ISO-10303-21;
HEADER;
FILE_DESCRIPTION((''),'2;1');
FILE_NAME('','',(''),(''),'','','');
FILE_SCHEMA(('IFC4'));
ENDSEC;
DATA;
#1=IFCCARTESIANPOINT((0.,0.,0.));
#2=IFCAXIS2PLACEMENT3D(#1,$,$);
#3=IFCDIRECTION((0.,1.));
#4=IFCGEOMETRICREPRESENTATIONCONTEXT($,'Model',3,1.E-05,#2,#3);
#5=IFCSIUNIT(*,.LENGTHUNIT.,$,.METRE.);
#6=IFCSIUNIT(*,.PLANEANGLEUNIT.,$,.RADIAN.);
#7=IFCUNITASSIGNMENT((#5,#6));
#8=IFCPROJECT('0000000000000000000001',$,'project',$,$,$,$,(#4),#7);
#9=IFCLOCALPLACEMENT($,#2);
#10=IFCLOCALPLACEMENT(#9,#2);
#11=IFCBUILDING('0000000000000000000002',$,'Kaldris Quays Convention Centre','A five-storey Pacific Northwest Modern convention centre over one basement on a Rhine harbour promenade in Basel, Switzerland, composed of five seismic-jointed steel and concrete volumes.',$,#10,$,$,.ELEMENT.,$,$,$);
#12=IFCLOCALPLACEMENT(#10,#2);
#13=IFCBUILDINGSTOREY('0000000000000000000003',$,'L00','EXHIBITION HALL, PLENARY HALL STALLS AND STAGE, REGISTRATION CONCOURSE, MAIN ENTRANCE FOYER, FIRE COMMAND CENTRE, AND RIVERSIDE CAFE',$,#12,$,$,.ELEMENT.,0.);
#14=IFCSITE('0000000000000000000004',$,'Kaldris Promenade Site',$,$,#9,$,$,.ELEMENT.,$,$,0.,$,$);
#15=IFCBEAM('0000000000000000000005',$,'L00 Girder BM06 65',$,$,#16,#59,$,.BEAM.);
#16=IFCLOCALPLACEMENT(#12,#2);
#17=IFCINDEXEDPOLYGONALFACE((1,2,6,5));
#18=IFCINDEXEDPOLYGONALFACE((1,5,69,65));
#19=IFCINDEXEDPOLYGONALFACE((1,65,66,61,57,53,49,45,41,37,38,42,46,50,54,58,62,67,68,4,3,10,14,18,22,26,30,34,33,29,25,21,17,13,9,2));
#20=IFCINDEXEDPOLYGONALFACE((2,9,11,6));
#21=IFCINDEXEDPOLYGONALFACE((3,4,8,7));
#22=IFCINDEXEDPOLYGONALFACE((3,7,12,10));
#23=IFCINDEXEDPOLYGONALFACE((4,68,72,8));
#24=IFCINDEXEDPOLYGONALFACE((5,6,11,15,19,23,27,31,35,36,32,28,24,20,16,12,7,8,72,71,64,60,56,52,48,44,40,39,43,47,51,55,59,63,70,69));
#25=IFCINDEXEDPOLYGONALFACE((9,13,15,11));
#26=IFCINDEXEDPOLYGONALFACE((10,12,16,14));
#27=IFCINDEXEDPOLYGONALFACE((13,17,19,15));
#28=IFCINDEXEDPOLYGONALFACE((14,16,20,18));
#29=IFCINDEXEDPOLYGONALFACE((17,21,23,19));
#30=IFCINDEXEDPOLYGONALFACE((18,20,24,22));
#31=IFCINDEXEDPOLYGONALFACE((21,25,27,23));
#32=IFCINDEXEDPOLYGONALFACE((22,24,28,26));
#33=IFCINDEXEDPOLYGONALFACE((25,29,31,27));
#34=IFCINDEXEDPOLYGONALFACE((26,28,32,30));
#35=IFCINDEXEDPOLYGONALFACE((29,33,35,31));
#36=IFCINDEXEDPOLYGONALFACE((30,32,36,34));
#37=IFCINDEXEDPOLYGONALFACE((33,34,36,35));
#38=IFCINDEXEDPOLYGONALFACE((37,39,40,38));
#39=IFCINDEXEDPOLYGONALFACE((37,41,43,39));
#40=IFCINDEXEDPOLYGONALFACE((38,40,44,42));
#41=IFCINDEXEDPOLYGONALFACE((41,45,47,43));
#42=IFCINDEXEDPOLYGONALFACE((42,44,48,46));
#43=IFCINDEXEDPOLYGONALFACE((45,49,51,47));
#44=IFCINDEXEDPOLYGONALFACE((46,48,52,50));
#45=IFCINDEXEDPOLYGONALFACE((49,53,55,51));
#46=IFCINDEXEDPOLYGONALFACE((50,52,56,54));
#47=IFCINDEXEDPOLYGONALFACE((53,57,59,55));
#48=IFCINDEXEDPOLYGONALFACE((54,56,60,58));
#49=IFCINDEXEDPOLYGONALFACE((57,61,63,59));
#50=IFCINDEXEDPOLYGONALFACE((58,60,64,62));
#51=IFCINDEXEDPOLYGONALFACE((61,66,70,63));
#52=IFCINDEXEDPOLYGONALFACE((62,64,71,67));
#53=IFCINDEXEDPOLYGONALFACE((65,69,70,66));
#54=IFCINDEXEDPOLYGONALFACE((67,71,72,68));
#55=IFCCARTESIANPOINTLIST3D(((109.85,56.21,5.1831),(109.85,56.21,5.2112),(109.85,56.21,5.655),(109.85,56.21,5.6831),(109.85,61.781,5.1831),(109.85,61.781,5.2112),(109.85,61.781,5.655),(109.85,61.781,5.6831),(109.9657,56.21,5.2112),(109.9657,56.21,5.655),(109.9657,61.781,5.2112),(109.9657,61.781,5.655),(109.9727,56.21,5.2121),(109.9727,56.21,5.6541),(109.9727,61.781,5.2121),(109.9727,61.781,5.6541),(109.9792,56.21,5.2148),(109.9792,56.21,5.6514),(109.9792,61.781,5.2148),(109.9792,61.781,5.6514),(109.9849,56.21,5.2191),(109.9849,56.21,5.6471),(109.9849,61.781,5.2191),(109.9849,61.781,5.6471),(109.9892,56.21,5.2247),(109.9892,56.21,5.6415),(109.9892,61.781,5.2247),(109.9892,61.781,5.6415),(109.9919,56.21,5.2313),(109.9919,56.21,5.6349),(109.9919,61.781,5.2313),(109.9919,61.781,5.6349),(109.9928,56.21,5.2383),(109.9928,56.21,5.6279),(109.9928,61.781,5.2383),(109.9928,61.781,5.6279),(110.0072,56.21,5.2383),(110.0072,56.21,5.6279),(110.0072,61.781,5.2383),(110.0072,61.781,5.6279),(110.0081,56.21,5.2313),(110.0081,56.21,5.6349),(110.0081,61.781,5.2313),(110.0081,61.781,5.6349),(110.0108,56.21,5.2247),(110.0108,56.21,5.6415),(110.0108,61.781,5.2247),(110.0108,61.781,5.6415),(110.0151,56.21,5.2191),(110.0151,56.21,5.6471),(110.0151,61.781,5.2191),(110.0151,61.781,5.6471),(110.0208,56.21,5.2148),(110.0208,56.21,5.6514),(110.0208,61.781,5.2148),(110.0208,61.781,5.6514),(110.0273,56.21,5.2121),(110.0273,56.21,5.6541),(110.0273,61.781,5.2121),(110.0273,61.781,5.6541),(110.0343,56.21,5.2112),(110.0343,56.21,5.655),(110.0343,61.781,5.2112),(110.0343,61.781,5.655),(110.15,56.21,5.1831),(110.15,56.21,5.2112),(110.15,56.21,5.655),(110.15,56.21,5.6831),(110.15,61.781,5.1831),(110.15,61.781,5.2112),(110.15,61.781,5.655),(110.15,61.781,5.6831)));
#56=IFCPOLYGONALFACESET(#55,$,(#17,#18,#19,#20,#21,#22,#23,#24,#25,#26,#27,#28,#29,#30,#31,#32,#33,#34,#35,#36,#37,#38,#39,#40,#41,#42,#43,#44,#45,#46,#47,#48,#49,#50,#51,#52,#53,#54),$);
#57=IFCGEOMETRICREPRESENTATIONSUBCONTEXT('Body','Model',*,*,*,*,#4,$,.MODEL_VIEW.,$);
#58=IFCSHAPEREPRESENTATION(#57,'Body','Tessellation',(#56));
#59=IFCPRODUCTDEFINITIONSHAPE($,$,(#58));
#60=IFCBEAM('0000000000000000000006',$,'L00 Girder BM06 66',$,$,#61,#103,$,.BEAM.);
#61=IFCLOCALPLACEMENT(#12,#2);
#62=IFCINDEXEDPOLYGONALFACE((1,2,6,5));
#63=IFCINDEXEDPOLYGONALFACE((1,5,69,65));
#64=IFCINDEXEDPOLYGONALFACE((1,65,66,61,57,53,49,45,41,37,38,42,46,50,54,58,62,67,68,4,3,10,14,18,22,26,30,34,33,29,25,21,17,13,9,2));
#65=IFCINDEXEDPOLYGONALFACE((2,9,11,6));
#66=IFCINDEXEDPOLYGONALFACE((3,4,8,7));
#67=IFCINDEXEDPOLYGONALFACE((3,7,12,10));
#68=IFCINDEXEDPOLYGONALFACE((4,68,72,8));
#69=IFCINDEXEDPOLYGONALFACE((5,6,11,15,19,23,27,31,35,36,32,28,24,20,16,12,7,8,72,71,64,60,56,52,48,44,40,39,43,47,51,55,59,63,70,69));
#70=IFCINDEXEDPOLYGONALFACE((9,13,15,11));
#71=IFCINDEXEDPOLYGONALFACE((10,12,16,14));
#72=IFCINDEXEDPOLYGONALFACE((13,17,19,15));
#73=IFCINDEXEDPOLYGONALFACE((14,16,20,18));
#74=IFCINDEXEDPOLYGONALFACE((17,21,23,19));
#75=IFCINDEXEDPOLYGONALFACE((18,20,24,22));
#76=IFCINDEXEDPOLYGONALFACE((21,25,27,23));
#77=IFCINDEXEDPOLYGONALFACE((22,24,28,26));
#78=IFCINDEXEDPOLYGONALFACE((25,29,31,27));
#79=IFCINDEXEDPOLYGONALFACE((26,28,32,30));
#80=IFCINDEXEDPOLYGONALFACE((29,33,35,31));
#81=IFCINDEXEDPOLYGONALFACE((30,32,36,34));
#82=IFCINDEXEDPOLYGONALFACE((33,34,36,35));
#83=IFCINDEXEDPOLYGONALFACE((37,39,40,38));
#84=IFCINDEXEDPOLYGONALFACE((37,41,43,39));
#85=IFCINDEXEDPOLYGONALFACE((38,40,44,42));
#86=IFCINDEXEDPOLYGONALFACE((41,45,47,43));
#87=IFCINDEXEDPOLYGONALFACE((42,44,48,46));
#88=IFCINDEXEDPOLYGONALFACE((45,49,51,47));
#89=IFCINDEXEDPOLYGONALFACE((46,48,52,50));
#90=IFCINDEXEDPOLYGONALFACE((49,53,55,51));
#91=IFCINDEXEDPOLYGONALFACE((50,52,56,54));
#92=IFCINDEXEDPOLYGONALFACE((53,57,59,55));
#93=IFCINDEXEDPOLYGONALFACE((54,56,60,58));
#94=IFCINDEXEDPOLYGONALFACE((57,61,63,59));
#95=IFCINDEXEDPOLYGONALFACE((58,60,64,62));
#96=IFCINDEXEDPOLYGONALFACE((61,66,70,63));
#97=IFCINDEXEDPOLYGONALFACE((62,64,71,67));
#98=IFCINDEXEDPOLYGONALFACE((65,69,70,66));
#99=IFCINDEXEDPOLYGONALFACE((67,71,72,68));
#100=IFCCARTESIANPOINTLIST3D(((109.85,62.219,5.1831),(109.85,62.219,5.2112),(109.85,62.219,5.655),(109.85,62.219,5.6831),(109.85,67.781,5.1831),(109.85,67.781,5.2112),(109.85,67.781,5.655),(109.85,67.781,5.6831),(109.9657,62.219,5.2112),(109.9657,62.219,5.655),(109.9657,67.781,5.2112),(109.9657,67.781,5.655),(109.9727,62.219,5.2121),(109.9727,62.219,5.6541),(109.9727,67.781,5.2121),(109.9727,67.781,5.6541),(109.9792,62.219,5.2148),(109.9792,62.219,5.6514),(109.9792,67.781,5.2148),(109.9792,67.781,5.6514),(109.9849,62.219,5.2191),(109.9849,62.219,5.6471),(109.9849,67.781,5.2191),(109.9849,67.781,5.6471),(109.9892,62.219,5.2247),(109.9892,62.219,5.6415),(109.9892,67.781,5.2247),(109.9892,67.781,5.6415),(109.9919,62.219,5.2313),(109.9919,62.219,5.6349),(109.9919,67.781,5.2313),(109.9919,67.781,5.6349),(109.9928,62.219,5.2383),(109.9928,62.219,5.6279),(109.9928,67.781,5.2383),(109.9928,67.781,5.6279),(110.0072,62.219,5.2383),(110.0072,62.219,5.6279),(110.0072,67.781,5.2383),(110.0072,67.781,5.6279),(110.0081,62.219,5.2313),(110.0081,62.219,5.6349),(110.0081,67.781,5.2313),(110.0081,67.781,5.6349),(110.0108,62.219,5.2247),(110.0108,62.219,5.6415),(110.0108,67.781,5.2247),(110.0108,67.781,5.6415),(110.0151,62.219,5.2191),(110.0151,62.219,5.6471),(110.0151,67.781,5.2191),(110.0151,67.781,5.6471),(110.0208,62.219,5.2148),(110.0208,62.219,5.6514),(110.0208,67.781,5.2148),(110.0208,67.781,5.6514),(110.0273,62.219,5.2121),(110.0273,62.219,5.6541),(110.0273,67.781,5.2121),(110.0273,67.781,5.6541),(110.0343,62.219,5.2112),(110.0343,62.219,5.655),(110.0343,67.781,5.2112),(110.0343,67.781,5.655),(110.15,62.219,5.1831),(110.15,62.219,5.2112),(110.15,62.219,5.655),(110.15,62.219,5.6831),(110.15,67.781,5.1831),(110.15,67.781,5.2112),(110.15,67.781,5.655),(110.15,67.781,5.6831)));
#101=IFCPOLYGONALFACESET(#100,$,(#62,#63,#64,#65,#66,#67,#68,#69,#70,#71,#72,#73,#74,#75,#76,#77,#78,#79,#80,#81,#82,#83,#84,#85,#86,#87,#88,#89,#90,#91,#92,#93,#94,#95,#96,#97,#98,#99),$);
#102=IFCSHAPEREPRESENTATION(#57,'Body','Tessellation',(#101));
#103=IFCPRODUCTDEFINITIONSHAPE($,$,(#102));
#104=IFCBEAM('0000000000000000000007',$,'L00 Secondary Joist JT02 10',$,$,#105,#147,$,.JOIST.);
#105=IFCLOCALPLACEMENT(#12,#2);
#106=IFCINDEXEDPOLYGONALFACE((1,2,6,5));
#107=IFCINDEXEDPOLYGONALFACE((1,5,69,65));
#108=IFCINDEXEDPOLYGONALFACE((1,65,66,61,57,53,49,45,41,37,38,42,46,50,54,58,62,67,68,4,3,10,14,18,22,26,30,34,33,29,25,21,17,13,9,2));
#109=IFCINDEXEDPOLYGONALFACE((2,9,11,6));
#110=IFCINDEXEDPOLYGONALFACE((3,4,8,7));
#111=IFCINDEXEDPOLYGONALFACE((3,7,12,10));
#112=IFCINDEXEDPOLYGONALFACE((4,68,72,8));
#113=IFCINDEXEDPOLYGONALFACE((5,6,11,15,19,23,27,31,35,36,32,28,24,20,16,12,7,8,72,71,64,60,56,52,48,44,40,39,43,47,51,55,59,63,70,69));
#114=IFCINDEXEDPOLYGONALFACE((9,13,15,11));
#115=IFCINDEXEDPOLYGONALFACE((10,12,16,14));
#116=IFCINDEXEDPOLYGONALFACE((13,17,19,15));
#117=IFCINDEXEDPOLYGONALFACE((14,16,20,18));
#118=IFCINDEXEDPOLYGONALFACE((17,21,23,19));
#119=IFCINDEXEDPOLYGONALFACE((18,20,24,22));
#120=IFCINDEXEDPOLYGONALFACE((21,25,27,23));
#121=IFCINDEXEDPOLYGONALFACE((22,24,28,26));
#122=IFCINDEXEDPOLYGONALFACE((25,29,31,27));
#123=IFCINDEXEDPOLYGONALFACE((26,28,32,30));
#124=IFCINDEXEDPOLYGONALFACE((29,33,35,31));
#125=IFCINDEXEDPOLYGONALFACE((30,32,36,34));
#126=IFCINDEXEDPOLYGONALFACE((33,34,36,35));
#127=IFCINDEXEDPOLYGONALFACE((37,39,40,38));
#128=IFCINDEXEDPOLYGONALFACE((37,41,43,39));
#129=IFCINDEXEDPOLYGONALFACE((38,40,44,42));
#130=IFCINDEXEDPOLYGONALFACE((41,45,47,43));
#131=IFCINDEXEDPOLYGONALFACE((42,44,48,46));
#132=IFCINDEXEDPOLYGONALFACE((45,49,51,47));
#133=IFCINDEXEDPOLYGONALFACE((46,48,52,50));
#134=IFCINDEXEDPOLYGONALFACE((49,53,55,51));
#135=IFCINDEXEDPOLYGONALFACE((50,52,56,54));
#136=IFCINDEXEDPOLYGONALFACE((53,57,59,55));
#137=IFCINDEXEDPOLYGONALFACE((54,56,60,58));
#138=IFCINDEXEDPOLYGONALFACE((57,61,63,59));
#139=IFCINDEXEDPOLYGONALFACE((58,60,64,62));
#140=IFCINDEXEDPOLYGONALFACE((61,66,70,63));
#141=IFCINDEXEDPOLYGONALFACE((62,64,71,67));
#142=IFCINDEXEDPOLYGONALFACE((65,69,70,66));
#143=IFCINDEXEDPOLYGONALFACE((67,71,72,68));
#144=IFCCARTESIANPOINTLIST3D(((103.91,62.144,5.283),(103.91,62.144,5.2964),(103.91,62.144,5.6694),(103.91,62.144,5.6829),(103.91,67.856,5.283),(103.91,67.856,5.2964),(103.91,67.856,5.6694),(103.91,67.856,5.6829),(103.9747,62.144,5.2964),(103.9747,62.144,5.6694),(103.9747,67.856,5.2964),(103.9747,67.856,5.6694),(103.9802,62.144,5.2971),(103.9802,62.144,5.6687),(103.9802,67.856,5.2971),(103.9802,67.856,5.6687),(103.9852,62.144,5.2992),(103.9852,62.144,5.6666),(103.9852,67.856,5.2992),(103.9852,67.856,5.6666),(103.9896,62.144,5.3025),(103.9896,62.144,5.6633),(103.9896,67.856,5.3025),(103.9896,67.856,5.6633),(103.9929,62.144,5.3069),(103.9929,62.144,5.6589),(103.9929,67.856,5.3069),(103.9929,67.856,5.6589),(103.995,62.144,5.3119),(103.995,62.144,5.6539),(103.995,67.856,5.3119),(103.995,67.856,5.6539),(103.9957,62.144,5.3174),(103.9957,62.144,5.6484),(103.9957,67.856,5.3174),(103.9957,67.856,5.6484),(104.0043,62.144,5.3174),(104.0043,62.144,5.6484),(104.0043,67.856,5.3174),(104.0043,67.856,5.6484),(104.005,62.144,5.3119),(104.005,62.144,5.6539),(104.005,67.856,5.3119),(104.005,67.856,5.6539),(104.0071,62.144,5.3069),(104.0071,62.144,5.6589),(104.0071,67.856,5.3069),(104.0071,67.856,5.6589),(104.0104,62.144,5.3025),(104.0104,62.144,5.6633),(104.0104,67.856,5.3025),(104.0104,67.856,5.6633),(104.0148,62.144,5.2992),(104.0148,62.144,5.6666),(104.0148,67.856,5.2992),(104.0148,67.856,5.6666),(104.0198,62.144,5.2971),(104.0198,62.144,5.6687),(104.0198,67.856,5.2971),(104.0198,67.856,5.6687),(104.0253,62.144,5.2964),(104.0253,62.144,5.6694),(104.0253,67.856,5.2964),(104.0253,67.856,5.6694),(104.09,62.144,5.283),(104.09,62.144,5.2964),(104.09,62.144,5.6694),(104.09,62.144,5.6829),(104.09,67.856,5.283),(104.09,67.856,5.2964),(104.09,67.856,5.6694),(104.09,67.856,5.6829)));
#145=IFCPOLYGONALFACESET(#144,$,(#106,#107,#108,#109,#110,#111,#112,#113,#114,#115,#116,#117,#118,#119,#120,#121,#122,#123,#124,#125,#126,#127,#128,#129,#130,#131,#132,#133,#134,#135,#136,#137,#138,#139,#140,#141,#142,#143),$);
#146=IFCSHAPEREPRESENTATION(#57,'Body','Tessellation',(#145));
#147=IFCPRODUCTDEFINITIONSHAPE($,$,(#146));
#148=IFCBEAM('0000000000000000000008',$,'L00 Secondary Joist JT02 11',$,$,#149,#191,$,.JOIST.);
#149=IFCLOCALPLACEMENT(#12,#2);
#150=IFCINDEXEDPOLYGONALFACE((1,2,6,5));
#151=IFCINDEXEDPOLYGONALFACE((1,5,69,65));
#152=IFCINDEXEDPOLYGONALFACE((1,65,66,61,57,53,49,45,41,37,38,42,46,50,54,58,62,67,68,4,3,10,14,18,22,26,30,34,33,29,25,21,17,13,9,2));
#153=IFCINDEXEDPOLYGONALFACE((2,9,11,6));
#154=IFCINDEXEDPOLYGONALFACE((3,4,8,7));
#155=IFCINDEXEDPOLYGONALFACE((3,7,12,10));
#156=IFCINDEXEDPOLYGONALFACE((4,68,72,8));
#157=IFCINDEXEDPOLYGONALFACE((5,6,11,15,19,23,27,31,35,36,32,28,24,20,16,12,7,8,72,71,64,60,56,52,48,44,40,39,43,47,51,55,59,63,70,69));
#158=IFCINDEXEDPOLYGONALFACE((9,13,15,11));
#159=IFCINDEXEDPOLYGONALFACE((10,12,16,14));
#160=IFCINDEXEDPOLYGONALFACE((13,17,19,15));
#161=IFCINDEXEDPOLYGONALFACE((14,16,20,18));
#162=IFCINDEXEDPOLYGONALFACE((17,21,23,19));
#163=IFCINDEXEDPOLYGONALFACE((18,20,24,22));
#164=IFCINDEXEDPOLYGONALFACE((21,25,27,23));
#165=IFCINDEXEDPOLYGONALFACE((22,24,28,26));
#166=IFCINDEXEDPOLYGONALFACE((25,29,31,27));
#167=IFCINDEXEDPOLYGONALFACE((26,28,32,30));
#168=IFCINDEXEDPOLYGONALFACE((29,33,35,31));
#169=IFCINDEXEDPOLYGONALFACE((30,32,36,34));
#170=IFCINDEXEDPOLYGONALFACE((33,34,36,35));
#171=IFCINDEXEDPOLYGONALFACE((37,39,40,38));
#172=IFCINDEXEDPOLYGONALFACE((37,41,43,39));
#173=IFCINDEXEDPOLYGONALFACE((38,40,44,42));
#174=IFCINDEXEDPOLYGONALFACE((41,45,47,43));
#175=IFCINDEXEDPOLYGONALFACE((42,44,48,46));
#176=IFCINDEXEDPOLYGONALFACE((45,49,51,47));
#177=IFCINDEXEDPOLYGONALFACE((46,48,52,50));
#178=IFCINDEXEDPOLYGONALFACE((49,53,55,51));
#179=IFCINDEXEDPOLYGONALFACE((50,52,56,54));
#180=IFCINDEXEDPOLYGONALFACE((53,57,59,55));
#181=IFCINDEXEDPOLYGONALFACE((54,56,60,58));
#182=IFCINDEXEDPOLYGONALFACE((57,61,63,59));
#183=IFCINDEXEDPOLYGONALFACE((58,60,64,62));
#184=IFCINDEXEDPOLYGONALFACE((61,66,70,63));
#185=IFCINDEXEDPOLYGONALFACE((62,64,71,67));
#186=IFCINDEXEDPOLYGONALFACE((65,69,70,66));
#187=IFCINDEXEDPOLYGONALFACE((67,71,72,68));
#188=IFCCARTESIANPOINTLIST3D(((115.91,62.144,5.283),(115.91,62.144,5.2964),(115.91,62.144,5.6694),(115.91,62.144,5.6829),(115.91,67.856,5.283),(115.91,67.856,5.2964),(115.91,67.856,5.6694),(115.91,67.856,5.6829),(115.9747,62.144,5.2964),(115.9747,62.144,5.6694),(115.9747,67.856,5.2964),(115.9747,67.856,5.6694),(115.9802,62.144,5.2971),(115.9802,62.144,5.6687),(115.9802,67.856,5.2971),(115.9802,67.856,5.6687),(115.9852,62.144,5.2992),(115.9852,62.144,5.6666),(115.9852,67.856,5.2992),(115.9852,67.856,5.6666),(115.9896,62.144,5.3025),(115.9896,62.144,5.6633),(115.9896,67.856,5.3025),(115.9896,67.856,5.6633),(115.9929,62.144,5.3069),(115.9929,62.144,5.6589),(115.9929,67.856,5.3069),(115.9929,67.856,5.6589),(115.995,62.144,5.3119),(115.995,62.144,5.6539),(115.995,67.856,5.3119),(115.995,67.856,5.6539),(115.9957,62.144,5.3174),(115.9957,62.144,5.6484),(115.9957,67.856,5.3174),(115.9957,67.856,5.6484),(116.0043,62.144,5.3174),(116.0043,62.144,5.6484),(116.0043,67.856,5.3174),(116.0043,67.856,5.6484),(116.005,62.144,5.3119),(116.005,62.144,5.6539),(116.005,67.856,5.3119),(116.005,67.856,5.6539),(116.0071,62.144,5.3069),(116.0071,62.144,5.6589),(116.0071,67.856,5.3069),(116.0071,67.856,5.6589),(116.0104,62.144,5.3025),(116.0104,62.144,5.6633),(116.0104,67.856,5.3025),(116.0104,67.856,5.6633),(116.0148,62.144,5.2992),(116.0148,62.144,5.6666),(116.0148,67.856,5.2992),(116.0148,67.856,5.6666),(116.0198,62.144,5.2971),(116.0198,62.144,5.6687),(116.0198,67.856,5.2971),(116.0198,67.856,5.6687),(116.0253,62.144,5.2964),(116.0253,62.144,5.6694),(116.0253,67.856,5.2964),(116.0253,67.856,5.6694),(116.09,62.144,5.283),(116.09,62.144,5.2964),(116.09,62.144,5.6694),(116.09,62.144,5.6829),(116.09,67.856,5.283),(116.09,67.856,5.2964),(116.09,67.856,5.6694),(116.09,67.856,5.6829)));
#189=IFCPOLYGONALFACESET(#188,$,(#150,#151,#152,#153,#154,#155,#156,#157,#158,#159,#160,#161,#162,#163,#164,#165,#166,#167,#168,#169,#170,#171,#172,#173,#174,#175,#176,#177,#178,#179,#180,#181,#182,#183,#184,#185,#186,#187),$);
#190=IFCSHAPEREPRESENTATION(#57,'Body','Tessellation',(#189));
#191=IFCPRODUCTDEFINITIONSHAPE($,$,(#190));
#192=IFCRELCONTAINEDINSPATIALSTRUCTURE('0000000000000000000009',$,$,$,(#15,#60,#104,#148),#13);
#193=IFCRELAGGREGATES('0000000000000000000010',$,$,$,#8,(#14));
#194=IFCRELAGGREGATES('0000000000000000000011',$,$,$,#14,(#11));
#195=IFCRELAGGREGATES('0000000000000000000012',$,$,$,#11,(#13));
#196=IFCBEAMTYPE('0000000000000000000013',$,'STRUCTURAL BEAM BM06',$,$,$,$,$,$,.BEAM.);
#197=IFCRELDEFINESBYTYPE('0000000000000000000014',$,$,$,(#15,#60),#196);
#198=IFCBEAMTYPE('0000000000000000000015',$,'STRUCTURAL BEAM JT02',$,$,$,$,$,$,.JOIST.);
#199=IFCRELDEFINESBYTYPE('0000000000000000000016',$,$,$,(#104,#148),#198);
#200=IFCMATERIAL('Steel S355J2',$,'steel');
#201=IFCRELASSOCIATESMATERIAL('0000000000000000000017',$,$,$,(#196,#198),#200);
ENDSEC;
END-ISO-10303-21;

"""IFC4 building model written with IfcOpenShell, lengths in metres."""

from ifc_helpers import new_model, si_unit, direction, frame, origin, origin_2d, place, context, subcontext, project, spatial, i_section, extrude, material, material_profile, profile_set, type_object, element, save


model = new_model("IFC4")

# Units and contexts
model_context = context("Model", 3, precision=1e-05, world=origin(), true_north=direction((0.0, 1.0)))
body_context = subcontext(model_context, "Body", "Model", "MODEL_VIEW")
ifc_project = project(units=[si_unit("LENGTHUNIT", "METRE"), si_unit("PLANEANGLEUNIT", "RADIAN")], contexts=[model_context])

# Site, building, storey
site_placement = place(None, origin())
site = spatial("IfcSite", under=ifc_project, at=site_placement, Name="Kaldris Promenade Site", CompositionType="ELEMENT", RefElevation=0.0)
building_placement = place(site_placement, origin())
building = spatial("IfcBuilding", under=site, at=building_placement, Name="Kaldris Quays Convention Centre", Description="A five-storey Pacific Northwest Modern convention centre over one basement on a Rhine harbour promenade in Basel, Switzerland, composed of five seismic-jointed steel and concrete volumes.", CompositionType="ELEMENT")
storey_placement = place(building_placement, origin())
storey = spatial("IfcBuildingStorey", under=building, at=storey_placement, Name="L00", Description="EXHIBITION HALL, PLENARY HALL STALLS AND STAGE, REGISTRATION CONCOURSE, MAIN ENTRANCE FOYER, FIRE COMMAND CENTRE, AND RIVERSIDE CAFE", CompositionType="ELEMENT", Elevation=0.0)

# Shared definitions
ifc_material_1 = material(Name="Steel S355J2", Category="steel")

# Beams
ifc_material_profile_1 = material_profile(ifc_material_1, i_section(OverallWidth=0.3, OverallDepth=0.5, WebThickness=0.0144, FlangeThickness=0.0281, FilletRadius=0.0271, at=origin_2d()), Name="HEB 500")
ifc_profile_set_1 = profile_set([ifc_material_profile_1], Name="Steel S355J2")
beam_type_1 = type_object("IfcBeamType", Name="STRUCTURAL BEAM BM06", PredefinedType="BEAM", material=ifc_profile_set_1)
beam_1_placement = place(storey_placement, frame((110.0, 56.21, 5.4331), z_axis=(0.0, 1.0, 0.0), x_axis=(-1.0, 0.0, 0.0)))
element("IfcBeam", 1, at=beam_1_placement, inside=storey, type_object=beam_type_1, Name="L00 Girder BM06 65", PredefinedType="BEAM", context=body_context, shape_type="SweptSolid", body=[
    extrude(i_section(OverallWidth=0.3, OverallDepth=0.5, WebThickness=0.0144, FlangeThickness=0.0281, FilletRadius=0.0271, at=origin_2d()), origin(), (0.0, 0.0, 1.0), 5.571),
])
beam_2_placement = place(storey_placement, frame((110.0, 62.219, 5.4331), z_axis=(0.0, 1.0, 0.0), x_axis=(-1.0, 0.0, 0.0)))
element("IfcBeam", 2, at=beam_2_placement, inside=storey, type_object=beam_type_1, Name="L00 Girder BM06 66", PredefinedType="BEAM", context=body_context, shape_type="SweptSolid", body=[
    extrude(i_section(OverallWidth=0.3, OverallDepth=0.5, WebThickness=0.0144, FlangeThickness=0.0281, FilletRadius=0.0271, at=origin_2d()), origin(), (0.0, 0.0, 1.0), 5.562),
])
ifc_material_profile_2 = material_profile(ifc_material_1, i_section(OverallWidth=0.1799, OverallDepth=0.3999, WebThickness=0.0085, FlangeThickness=0.0134, FilletRadius=0.021, at=origin_2d()), Name="IPE 400")
ifc_profile_set_2 = profile_set([ifc_material_profile_2], Name="Steel S355J2")
beam_type_2 = type_object("IfcBeamType", Name="STRUCTURAL BEAM JT02", PredefinedType="JOIST", material=ifc_profile_set_2)
for number, where, z_axis, x_axis, name in (
    (3, (104.0, 62.144, 5.4829), (0.0, 1.0, 0.0), (-1.0, 0.0, 0.0), "L00 Secondary Joist JT02 10"),
    (4, (116.0, 62.144, 5.4829), (0.0, 1.0, 0.0), (-1.0, 0.0, 0.0), "L00 Secondary Joist JT02 11"),
):
    element("IfcBeam", number, at=place(storey_placement, frame(where, z_axis=z_axis, x_axis=x_axis)), inside=storey, type_object=beam_type_2, Name=name, PredefinedType="JOIST", context=body_context, shape_type="SweptSolid", body=[
        extrude(i_section(OverallWidth=0.1799, OverallDepth=0.3999, WebThickness=0.0085, FlangeThickness=0.0134, FilletRadius=0.021, at=origin_2d()), origin(), (0.0, 0.0, 1.0), 5.7119),
    ])

save(model, "model.ifc")
